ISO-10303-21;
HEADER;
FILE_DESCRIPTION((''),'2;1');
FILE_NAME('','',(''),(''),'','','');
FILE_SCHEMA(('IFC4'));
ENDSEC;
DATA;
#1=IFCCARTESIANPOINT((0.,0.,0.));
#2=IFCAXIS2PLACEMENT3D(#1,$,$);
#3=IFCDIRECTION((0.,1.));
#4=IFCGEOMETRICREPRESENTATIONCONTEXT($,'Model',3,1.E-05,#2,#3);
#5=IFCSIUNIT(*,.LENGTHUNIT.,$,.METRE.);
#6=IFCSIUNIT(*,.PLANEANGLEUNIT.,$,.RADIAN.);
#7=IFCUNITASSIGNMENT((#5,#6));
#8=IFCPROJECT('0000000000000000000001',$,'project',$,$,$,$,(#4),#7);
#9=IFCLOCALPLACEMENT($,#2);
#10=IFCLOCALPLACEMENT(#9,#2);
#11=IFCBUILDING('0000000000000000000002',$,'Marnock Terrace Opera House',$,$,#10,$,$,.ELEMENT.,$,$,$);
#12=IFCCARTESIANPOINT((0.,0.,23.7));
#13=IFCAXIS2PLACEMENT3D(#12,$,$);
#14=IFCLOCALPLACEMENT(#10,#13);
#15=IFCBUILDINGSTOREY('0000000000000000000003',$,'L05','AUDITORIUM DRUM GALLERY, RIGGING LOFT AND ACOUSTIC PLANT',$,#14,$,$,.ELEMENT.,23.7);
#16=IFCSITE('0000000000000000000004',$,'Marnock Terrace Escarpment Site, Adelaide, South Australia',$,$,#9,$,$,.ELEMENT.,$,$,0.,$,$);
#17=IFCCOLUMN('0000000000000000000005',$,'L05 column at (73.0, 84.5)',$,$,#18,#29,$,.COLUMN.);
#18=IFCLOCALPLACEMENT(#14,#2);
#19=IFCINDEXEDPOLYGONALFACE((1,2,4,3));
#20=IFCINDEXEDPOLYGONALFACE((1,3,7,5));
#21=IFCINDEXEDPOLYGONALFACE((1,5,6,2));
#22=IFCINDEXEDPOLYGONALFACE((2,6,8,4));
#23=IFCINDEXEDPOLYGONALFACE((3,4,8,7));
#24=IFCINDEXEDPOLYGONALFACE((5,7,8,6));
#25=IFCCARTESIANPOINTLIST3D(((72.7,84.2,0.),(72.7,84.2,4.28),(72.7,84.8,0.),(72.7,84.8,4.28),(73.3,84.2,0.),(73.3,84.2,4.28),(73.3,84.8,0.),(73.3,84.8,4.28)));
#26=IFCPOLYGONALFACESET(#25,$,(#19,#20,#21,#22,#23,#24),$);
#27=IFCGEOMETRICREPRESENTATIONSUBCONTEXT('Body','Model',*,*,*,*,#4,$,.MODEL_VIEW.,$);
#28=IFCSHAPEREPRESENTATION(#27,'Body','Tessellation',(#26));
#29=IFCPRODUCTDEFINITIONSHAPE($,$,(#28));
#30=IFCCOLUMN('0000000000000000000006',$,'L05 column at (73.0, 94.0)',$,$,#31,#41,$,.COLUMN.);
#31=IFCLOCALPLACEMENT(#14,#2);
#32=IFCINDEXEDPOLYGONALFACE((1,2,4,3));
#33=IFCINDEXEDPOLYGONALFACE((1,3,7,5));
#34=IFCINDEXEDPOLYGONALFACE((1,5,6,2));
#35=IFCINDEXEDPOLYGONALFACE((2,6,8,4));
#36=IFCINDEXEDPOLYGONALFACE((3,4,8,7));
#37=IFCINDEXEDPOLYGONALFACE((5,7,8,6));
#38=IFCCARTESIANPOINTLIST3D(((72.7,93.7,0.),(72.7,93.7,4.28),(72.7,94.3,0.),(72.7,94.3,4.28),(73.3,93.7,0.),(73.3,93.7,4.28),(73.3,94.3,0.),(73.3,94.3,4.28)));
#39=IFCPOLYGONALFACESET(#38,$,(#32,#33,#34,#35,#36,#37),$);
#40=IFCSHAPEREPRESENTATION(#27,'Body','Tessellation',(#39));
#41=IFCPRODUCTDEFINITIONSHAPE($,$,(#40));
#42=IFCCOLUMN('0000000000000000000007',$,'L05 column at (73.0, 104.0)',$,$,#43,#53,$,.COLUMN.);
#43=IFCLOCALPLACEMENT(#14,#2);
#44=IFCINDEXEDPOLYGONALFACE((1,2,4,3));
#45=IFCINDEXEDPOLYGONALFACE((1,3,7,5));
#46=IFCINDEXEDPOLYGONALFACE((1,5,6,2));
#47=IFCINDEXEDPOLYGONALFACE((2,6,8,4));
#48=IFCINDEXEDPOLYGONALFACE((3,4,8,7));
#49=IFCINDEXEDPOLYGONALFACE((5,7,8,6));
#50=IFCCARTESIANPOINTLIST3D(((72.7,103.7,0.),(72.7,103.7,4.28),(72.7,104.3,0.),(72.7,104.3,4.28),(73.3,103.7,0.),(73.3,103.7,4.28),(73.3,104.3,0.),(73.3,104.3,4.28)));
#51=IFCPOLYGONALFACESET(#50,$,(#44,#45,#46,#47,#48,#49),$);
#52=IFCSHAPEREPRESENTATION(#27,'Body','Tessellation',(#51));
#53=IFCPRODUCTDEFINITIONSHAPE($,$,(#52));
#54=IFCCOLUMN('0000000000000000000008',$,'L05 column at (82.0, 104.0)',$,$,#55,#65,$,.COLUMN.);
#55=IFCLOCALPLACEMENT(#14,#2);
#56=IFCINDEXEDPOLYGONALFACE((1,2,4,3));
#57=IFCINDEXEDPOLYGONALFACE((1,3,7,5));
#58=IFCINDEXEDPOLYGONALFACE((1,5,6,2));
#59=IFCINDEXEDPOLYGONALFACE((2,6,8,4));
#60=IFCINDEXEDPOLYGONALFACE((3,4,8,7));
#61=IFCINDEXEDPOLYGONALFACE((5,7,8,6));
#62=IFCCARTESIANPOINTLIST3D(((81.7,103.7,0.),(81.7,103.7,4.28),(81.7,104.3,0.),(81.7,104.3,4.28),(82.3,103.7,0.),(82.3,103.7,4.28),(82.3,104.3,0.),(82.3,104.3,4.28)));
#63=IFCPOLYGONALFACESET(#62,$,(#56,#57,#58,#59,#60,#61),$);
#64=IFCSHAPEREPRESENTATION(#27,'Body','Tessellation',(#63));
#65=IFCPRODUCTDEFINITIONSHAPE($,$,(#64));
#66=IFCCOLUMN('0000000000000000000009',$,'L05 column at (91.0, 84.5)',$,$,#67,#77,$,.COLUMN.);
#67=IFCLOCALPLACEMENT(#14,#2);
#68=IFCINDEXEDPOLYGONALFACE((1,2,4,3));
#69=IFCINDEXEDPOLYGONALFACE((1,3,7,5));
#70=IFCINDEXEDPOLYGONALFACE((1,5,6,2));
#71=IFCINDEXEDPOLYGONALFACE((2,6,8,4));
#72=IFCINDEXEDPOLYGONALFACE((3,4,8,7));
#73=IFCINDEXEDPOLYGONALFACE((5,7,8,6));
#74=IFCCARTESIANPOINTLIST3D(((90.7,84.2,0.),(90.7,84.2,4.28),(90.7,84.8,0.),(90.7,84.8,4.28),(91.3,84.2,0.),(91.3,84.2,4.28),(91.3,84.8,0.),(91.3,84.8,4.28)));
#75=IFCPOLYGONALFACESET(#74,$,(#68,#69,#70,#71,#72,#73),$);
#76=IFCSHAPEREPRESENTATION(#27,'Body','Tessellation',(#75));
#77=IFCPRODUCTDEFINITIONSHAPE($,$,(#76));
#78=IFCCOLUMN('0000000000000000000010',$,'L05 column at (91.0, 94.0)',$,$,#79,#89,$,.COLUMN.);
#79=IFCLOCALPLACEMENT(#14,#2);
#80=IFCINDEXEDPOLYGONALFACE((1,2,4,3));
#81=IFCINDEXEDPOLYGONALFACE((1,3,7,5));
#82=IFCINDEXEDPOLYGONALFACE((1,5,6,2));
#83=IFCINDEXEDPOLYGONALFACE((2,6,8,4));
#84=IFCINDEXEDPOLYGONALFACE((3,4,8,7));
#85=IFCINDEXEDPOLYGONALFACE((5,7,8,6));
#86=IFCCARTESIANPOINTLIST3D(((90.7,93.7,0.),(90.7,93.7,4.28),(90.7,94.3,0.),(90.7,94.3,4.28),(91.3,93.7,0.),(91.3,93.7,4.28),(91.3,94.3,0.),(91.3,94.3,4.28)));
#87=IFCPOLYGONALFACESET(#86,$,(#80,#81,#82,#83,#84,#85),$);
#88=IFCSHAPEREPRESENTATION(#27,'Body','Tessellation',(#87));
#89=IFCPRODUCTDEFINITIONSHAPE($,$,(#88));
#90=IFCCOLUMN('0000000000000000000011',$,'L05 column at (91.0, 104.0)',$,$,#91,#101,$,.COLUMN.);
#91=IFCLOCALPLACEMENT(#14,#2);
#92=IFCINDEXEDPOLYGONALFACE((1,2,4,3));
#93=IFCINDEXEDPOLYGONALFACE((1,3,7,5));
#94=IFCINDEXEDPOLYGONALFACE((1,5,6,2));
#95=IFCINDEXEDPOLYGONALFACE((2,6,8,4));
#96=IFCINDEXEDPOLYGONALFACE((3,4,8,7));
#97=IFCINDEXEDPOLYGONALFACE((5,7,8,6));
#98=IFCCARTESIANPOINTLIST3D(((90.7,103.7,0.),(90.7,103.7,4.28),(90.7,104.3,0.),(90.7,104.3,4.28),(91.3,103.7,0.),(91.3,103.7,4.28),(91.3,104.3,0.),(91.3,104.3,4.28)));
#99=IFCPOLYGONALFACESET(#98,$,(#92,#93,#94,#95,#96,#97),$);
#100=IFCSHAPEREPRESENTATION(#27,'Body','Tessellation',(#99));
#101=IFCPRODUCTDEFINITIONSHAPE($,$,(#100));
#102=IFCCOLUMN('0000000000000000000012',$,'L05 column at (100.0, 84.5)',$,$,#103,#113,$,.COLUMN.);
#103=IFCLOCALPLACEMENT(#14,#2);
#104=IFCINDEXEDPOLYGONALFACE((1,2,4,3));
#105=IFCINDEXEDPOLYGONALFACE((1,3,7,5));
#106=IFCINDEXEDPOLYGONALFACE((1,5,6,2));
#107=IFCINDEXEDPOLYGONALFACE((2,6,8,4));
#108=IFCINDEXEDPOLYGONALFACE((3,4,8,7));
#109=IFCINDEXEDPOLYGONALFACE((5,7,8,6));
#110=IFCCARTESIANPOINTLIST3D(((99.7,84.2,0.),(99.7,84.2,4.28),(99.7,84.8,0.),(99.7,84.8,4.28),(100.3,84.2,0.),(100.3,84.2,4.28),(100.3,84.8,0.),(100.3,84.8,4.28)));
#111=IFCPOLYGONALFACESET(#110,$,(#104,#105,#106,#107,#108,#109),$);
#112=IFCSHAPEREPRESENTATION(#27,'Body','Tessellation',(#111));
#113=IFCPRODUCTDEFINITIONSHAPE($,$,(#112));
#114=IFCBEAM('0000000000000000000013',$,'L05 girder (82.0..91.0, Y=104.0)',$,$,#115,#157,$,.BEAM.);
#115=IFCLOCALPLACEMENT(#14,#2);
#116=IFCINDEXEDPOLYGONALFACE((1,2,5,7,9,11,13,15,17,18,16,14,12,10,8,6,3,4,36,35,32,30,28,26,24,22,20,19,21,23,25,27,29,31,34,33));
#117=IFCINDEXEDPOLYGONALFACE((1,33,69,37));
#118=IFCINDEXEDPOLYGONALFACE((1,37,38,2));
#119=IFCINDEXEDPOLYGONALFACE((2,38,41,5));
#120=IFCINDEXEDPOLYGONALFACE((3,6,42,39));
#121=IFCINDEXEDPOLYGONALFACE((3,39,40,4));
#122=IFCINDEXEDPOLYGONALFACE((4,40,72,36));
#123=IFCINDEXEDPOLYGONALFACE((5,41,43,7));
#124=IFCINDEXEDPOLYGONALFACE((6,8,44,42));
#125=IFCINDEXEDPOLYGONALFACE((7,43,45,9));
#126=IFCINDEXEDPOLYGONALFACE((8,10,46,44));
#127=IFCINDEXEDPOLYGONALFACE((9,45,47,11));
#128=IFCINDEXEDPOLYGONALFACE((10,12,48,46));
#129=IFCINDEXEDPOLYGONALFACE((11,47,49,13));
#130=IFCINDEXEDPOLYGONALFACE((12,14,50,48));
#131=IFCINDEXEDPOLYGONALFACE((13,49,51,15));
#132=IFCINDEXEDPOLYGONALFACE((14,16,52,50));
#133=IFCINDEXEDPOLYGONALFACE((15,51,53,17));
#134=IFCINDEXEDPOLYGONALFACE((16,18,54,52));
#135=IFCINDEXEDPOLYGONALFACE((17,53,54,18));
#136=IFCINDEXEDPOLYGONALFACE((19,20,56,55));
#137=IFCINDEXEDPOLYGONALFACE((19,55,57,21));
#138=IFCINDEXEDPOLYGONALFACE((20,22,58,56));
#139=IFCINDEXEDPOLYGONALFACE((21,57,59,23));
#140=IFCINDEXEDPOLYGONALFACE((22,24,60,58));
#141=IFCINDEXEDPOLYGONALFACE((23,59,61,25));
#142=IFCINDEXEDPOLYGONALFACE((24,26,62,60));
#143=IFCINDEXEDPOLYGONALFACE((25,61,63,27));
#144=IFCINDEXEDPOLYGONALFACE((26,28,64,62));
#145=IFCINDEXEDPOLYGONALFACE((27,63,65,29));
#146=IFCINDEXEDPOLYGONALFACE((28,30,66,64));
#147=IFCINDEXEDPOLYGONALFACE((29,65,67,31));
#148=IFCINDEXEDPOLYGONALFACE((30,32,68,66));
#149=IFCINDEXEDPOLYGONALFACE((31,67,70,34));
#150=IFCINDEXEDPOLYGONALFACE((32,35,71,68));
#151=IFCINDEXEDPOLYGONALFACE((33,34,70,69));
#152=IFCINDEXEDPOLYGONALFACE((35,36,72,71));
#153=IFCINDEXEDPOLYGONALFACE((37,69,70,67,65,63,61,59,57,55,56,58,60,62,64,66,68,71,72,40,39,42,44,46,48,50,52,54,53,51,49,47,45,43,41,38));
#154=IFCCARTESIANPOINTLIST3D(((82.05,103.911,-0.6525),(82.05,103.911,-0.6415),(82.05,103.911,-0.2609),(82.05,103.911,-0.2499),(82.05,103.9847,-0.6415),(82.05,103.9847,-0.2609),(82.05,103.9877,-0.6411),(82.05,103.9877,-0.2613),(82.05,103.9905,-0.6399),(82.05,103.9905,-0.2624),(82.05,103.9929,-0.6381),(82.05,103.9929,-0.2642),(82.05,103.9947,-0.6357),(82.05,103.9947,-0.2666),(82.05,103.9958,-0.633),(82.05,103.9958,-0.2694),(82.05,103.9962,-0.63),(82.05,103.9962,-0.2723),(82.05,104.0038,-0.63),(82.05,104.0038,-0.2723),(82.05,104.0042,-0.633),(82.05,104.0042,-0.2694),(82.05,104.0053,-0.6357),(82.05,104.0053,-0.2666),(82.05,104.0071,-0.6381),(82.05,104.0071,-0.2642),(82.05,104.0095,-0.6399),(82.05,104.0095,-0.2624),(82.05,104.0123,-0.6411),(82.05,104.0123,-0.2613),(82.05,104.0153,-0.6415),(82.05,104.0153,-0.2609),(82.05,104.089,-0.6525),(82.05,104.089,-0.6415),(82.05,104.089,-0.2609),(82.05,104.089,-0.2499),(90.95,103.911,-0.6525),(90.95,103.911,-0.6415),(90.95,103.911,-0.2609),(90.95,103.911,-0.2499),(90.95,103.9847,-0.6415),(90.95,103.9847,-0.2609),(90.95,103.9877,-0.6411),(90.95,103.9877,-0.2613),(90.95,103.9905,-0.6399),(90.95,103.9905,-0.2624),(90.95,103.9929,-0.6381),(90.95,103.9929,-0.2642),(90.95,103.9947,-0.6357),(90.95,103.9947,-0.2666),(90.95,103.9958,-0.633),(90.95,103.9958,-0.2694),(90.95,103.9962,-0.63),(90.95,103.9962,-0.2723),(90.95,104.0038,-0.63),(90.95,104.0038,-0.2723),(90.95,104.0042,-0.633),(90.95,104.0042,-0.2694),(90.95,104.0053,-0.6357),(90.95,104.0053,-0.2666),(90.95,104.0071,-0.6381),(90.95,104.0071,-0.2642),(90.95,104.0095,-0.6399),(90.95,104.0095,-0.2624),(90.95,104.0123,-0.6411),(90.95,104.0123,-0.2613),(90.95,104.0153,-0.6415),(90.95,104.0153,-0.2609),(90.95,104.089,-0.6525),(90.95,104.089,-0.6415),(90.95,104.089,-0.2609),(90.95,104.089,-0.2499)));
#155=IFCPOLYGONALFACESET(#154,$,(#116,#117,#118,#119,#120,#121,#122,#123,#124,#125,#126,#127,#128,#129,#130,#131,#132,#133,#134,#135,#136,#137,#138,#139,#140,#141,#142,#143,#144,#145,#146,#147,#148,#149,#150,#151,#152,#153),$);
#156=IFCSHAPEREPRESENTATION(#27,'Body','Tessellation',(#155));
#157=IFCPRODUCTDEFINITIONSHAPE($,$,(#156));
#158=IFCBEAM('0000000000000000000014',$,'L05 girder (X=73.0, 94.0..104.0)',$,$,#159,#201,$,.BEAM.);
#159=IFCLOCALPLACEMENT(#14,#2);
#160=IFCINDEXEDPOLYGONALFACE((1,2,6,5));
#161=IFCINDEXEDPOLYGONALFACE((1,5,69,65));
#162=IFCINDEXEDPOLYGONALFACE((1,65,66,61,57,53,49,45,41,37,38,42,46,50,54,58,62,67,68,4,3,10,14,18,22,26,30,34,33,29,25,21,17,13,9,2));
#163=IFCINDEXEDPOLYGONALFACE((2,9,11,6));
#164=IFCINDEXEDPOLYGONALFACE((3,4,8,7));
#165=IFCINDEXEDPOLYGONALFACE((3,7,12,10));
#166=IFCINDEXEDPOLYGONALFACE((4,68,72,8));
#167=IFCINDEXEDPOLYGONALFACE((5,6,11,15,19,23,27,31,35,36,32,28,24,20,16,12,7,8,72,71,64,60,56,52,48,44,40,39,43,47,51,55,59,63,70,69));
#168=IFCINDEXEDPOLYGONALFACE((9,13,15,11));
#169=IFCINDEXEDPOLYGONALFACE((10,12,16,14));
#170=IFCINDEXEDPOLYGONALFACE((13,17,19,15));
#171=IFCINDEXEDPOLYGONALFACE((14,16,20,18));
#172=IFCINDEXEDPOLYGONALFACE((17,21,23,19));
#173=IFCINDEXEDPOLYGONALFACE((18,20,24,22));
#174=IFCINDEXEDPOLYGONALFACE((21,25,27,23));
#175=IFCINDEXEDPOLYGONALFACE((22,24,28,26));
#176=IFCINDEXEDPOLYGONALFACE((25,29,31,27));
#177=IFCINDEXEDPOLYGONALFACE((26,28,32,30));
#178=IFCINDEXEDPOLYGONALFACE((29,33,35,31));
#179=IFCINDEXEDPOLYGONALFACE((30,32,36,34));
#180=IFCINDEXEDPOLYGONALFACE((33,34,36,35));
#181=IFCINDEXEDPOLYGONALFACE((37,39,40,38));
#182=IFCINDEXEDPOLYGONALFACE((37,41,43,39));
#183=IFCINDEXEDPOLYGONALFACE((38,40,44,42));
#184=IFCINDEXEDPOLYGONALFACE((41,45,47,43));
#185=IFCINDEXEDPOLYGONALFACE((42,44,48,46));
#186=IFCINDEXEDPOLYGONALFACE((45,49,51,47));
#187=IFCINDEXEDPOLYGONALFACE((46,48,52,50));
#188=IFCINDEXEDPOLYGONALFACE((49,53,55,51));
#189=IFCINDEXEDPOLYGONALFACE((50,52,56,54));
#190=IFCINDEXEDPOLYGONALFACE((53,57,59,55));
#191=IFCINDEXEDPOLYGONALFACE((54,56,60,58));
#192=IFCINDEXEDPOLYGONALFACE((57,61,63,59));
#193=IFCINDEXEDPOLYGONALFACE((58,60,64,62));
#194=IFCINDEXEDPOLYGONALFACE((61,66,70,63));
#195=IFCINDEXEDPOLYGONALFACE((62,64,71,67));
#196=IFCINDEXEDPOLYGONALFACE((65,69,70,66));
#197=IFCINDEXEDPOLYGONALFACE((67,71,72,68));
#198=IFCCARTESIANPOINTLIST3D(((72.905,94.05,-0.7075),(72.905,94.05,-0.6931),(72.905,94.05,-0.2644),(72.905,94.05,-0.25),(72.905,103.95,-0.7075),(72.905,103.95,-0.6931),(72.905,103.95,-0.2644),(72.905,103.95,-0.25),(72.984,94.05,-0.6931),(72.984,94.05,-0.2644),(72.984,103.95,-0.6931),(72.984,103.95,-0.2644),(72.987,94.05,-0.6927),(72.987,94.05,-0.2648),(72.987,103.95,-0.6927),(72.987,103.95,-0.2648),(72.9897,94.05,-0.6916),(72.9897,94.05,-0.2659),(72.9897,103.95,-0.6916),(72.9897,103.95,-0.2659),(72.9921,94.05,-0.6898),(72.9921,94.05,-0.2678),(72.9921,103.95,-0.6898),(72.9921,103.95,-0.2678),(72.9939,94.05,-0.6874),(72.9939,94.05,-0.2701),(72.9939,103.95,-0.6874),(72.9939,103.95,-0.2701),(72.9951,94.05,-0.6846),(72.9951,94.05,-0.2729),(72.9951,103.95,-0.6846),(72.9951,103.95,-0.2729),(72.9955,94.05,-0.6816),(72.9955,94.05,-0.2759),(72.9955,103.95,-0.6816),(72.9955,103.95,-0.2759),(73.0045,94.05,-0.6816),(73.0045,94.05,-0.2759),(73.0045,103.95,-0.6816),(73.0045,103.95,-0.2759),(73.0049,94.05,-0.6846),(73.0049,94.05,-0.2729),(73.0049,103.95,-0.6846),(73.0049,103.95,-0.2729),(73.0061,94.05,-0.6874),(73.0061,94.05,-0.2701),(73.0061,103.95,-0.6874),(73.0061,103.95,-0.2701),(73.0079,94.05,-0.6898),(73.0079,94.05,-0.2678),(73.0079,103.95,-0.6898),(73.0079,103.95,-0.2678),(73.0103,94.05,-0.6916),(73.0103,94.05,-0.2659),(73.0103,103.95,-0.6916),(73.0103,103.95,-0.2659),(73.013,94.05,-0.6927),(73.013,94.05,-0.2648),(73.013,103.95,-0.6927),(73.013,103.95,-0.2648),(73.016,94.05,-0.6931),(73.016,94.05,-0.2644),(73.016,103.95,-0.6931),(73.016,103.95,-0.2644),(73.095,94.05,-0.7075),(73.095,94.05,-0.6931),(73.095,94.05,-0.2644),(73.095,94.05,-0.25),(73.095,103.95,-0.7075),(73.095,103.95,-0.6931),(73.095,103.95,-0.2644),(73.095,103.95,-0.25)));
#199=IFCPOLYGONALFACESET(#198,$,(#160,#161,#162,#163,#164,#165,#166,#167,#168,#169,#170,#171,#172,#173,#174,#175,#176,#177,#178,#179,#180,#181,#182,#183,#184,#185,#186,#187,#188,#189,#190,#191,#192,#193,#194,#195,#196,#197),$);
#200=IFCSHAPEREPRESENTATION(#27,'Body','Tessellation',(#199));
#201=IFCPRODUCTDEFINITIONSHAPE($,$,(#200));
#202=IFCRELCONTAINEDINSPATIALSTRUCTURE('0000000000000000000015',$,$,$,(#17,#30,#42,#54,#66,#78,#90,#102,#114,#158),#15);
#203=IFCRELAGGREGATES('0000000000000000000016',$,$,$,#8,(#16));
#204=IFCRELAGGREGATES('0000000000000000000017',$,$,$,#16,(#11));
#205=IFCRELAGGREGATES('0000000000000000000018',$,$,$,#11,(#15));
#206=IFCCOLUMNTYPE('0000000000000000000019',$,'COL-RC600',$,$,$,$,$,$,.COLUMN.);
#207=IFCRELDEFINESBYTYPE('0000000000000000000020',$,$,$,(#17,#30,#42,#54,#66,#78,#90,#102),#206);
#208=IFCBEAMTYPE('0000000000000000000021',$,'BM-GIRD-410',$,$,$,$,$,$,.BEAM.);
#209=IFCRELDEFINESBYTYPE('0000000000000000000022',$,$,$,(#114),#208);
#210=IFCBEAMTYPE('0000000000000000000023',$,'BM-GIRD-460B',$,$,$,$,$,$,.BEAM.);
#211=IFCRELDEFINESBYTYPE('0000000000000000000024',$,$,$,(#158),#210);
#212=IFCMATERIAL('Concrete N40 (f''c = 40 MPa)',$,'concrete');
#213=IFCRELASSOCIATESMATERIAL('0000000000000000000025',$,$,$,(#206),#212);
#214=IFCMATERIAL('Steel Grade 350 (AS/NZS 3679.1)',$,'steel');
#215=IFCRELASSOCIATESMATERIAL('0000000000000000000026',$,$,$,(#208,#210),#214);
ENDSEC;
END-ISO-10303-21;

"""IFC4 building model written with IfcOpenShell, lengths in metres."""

from ifc_helpers import new_model, si_unit, direction, frame, origin, origin_2d, place, context, subcontext, project, spatial, rectangle, i_section, extrude, material, material_profile, profile_set, type_object, element, save


model = new_model("IFC4")

# Units and contexts
model_context = context("Model", 3, precision=1e-05, world=origin(), true_north=direction((0.0, 1.0)))
body_context = subcontext(model_context, "Body", "Model", "MODEL_VIEW")
ifc_project = project(units=[si_unit("LENGTHUNIT", "METRE"), si_unit("PLANEANGLEUNIT", "RADIAN")], contexts=[model_context])

# Site, building, storey
site_placement = place(None, origin())
site = spatial("IfcSite", under=ifc_project, at=site_placement, Name="Marnock Terrace Escarpment Site, Adelaide, South Australia", CompositionType="ELEMENT", RefElevation=0.0)
building_placement = place(site_placement, origin())
building = spatial("IfcBuilding", under=site, at=building_placement, Name="Marnock Terrace Opera House", CompositionType="ELEMENT")
storey_placement = place(building_placement, frame((0.0, 0.0, 23.7)))
storey = spatial("IfcBuildingStorey", under=building, at=storey_placement, Name="L05", Description="AUDITORIUM DRUM GALLERY, RIGGING LOFT AND ACOUSTIC PLANT", CompositionType="ELEMENT", Elevation=23.7)

# Columns
ifc_material_1 = material(Name="Concrete N40 (f'c = 40 MPa)", Category="concrete")
ifc_material_profile_1 = material_profile(ifc_material_1, rectangle(XDim=0.6001, YDim=0.6001, at=origin_2d()))
ifc_profile_set_1 = profile_set([ifc_material_profile_1], Name="Concrete N40 (f'c = 40 MPa)")
column_type = type_object("IfcColumnType", Name="COL-RC600", PredefinedType="COLUMN", material=ifc_profile_set_1)
for number, where, z_axis, x_axis, name in (
    (1, (73.0, 84.5, 0.0), (0.0, 0.0, 1.0), (1.0, 0.0, 0.0), "L05 column at (73.0, 84.5)"),
    (2, (73.0, 94.0, 0.0), (0.0, 0.0, 1.0), (1.0, 0.0, 0.0), "L05 column at (73.0, 94.0)"),
    (3, (73.0, 104.0, 0.0), (0.0, 0.0, 1.0), (1.0, 0.0, 0.0), "L05 column at (73.0, 104.0)"),
    (4, (82.0, 104.0, 0.0), (0.0, 0.0, 1.0), (1.0, 0.0, 0.0), "L05 column at (82.0, 104.0)"),
    (5, (91.0, 84.5, 0.0), (0.0, 0.0, 1.0), (1.0, 0.0, 0.0), "L05 column at (91.0, 84.5)"),
    (6, (91.0, 94.0, 0.0), (0.0, 0.0, 1.0), (1.0, 0.0, 0.0), "L05 column at (91.0, 94.0)"),
    (7, (91.0, 104.0, 0.0), (0.0, 0.0, 1.0), (1.0, 0.0, 0.0), "L05 column at (91.0, 104.0)"),
    (8, (100.0, 84.5, 0.0), (0.0, 0.0, 1.0), (1.0, 0.0, 0.0), "L05 column at (100.0, 84.5)"),
):
    element("IfcColumn", number, at=place(storey_placement, frame(where, z_axis=z_axis, x_axis=x_axis)), inside=storey, type_object=column_type, Name=name, PredefinedType="COLUMN", context=body_context, shape_type="SweptSolid", body=[
        extrude(rectangle(XDim=0.6001, YDim=0.6001, at=origin_2d()), origin(), (0.0, 0.0, 1.0), 4.28),
    ])

# Beams
ifc_material_2 = material(Name="Steel Grade 350 (AS/NZS 3679.1)", Category="steel")
ifc_material_profile_2 = material_profile(ifc_material_2, i_section(OverallWidth=0.178, OverallDepth=0.4026, WebThickness=0.0076, FlangeThickness=0.011, FilletRadius=0.0115, at=origin_2d()))
ifc_profile_set_2 = profile_set([ifc_material_profile_2], Name="Steel Grade 350 (AS/NZS 3679.1)")
beam_type_1 = type_object("IfcBeamType", Name="BM-GIRD-410", PredefinedType="BEAM", material=ifc_profile_set_2)
beam_1_placement = place(storey_placement, frame((82.05, 104.0, -0.4512), z_axis=(1.0, 0.0, 0.0), x_axis=(0.0, 1.0, 0.0)))
element("IfcBeam", 9, at=beam_1_placement, inside=storey, type_object=beam_type_1, Name="L05 girder (82.0..91.0, Y=104.0)", PredefinedType="BEAM", context=body_context, shape_type="SweptSolid", body=[
    extrude(i_section(OverallWidth=0.178, OverallDepth=0.4026, WebThickness=0.0076, FlangeThickness=0.011, FilletRadius=0.0115, at=origin_2d()), origin(), (0.0, 0.0, 1.0), 8.8999),
])
ifc_material_profile_3 = material_profile(ifc_material_2, i_section(OverallWidth=0.1899, OverallDepth=0.4575, WebThickness=0.009, FlangeThickness=0.0144, FilletRadius=0.0115, at=origin_2d()))
ifc_profile_set_3 = profile_set([ifc_material_profile_3], Name="Steel Grade 350 (AS/NZS 3679.1)")
beam_type_2 = type_object("IfcBeamType", Name="BM-GIRD-460B", PredefinedType="BEAM", material=ifc_profile_set_3)
beam_2_placement = place(storey_placement, frame((73.0, 94.05, -0.4788), z_axis=(0.0, 1.0, 0.0), x_axis=(-1.0, 0.0, 0.0)))
element("IfcBeam", 10, at=beam_2_placement, inside=storey, type_object=beam_type_2, Name="L05 girder (X=73.0, 94.0..104.0)", PredefinedType="BEAM", context=body_context, shape_type="SweptSolid", body=[
    extrude(i_section(OverallWidth=0.1899, OverallDepth=0.4575, WebThickness=0.009, FlangeThickness=0.0144, FilletRadius=0.0115, at=origin_2d()), origin(), (0.0, 0.0, 1.0), 9.8999),
])

save(model, "model.ifc")
